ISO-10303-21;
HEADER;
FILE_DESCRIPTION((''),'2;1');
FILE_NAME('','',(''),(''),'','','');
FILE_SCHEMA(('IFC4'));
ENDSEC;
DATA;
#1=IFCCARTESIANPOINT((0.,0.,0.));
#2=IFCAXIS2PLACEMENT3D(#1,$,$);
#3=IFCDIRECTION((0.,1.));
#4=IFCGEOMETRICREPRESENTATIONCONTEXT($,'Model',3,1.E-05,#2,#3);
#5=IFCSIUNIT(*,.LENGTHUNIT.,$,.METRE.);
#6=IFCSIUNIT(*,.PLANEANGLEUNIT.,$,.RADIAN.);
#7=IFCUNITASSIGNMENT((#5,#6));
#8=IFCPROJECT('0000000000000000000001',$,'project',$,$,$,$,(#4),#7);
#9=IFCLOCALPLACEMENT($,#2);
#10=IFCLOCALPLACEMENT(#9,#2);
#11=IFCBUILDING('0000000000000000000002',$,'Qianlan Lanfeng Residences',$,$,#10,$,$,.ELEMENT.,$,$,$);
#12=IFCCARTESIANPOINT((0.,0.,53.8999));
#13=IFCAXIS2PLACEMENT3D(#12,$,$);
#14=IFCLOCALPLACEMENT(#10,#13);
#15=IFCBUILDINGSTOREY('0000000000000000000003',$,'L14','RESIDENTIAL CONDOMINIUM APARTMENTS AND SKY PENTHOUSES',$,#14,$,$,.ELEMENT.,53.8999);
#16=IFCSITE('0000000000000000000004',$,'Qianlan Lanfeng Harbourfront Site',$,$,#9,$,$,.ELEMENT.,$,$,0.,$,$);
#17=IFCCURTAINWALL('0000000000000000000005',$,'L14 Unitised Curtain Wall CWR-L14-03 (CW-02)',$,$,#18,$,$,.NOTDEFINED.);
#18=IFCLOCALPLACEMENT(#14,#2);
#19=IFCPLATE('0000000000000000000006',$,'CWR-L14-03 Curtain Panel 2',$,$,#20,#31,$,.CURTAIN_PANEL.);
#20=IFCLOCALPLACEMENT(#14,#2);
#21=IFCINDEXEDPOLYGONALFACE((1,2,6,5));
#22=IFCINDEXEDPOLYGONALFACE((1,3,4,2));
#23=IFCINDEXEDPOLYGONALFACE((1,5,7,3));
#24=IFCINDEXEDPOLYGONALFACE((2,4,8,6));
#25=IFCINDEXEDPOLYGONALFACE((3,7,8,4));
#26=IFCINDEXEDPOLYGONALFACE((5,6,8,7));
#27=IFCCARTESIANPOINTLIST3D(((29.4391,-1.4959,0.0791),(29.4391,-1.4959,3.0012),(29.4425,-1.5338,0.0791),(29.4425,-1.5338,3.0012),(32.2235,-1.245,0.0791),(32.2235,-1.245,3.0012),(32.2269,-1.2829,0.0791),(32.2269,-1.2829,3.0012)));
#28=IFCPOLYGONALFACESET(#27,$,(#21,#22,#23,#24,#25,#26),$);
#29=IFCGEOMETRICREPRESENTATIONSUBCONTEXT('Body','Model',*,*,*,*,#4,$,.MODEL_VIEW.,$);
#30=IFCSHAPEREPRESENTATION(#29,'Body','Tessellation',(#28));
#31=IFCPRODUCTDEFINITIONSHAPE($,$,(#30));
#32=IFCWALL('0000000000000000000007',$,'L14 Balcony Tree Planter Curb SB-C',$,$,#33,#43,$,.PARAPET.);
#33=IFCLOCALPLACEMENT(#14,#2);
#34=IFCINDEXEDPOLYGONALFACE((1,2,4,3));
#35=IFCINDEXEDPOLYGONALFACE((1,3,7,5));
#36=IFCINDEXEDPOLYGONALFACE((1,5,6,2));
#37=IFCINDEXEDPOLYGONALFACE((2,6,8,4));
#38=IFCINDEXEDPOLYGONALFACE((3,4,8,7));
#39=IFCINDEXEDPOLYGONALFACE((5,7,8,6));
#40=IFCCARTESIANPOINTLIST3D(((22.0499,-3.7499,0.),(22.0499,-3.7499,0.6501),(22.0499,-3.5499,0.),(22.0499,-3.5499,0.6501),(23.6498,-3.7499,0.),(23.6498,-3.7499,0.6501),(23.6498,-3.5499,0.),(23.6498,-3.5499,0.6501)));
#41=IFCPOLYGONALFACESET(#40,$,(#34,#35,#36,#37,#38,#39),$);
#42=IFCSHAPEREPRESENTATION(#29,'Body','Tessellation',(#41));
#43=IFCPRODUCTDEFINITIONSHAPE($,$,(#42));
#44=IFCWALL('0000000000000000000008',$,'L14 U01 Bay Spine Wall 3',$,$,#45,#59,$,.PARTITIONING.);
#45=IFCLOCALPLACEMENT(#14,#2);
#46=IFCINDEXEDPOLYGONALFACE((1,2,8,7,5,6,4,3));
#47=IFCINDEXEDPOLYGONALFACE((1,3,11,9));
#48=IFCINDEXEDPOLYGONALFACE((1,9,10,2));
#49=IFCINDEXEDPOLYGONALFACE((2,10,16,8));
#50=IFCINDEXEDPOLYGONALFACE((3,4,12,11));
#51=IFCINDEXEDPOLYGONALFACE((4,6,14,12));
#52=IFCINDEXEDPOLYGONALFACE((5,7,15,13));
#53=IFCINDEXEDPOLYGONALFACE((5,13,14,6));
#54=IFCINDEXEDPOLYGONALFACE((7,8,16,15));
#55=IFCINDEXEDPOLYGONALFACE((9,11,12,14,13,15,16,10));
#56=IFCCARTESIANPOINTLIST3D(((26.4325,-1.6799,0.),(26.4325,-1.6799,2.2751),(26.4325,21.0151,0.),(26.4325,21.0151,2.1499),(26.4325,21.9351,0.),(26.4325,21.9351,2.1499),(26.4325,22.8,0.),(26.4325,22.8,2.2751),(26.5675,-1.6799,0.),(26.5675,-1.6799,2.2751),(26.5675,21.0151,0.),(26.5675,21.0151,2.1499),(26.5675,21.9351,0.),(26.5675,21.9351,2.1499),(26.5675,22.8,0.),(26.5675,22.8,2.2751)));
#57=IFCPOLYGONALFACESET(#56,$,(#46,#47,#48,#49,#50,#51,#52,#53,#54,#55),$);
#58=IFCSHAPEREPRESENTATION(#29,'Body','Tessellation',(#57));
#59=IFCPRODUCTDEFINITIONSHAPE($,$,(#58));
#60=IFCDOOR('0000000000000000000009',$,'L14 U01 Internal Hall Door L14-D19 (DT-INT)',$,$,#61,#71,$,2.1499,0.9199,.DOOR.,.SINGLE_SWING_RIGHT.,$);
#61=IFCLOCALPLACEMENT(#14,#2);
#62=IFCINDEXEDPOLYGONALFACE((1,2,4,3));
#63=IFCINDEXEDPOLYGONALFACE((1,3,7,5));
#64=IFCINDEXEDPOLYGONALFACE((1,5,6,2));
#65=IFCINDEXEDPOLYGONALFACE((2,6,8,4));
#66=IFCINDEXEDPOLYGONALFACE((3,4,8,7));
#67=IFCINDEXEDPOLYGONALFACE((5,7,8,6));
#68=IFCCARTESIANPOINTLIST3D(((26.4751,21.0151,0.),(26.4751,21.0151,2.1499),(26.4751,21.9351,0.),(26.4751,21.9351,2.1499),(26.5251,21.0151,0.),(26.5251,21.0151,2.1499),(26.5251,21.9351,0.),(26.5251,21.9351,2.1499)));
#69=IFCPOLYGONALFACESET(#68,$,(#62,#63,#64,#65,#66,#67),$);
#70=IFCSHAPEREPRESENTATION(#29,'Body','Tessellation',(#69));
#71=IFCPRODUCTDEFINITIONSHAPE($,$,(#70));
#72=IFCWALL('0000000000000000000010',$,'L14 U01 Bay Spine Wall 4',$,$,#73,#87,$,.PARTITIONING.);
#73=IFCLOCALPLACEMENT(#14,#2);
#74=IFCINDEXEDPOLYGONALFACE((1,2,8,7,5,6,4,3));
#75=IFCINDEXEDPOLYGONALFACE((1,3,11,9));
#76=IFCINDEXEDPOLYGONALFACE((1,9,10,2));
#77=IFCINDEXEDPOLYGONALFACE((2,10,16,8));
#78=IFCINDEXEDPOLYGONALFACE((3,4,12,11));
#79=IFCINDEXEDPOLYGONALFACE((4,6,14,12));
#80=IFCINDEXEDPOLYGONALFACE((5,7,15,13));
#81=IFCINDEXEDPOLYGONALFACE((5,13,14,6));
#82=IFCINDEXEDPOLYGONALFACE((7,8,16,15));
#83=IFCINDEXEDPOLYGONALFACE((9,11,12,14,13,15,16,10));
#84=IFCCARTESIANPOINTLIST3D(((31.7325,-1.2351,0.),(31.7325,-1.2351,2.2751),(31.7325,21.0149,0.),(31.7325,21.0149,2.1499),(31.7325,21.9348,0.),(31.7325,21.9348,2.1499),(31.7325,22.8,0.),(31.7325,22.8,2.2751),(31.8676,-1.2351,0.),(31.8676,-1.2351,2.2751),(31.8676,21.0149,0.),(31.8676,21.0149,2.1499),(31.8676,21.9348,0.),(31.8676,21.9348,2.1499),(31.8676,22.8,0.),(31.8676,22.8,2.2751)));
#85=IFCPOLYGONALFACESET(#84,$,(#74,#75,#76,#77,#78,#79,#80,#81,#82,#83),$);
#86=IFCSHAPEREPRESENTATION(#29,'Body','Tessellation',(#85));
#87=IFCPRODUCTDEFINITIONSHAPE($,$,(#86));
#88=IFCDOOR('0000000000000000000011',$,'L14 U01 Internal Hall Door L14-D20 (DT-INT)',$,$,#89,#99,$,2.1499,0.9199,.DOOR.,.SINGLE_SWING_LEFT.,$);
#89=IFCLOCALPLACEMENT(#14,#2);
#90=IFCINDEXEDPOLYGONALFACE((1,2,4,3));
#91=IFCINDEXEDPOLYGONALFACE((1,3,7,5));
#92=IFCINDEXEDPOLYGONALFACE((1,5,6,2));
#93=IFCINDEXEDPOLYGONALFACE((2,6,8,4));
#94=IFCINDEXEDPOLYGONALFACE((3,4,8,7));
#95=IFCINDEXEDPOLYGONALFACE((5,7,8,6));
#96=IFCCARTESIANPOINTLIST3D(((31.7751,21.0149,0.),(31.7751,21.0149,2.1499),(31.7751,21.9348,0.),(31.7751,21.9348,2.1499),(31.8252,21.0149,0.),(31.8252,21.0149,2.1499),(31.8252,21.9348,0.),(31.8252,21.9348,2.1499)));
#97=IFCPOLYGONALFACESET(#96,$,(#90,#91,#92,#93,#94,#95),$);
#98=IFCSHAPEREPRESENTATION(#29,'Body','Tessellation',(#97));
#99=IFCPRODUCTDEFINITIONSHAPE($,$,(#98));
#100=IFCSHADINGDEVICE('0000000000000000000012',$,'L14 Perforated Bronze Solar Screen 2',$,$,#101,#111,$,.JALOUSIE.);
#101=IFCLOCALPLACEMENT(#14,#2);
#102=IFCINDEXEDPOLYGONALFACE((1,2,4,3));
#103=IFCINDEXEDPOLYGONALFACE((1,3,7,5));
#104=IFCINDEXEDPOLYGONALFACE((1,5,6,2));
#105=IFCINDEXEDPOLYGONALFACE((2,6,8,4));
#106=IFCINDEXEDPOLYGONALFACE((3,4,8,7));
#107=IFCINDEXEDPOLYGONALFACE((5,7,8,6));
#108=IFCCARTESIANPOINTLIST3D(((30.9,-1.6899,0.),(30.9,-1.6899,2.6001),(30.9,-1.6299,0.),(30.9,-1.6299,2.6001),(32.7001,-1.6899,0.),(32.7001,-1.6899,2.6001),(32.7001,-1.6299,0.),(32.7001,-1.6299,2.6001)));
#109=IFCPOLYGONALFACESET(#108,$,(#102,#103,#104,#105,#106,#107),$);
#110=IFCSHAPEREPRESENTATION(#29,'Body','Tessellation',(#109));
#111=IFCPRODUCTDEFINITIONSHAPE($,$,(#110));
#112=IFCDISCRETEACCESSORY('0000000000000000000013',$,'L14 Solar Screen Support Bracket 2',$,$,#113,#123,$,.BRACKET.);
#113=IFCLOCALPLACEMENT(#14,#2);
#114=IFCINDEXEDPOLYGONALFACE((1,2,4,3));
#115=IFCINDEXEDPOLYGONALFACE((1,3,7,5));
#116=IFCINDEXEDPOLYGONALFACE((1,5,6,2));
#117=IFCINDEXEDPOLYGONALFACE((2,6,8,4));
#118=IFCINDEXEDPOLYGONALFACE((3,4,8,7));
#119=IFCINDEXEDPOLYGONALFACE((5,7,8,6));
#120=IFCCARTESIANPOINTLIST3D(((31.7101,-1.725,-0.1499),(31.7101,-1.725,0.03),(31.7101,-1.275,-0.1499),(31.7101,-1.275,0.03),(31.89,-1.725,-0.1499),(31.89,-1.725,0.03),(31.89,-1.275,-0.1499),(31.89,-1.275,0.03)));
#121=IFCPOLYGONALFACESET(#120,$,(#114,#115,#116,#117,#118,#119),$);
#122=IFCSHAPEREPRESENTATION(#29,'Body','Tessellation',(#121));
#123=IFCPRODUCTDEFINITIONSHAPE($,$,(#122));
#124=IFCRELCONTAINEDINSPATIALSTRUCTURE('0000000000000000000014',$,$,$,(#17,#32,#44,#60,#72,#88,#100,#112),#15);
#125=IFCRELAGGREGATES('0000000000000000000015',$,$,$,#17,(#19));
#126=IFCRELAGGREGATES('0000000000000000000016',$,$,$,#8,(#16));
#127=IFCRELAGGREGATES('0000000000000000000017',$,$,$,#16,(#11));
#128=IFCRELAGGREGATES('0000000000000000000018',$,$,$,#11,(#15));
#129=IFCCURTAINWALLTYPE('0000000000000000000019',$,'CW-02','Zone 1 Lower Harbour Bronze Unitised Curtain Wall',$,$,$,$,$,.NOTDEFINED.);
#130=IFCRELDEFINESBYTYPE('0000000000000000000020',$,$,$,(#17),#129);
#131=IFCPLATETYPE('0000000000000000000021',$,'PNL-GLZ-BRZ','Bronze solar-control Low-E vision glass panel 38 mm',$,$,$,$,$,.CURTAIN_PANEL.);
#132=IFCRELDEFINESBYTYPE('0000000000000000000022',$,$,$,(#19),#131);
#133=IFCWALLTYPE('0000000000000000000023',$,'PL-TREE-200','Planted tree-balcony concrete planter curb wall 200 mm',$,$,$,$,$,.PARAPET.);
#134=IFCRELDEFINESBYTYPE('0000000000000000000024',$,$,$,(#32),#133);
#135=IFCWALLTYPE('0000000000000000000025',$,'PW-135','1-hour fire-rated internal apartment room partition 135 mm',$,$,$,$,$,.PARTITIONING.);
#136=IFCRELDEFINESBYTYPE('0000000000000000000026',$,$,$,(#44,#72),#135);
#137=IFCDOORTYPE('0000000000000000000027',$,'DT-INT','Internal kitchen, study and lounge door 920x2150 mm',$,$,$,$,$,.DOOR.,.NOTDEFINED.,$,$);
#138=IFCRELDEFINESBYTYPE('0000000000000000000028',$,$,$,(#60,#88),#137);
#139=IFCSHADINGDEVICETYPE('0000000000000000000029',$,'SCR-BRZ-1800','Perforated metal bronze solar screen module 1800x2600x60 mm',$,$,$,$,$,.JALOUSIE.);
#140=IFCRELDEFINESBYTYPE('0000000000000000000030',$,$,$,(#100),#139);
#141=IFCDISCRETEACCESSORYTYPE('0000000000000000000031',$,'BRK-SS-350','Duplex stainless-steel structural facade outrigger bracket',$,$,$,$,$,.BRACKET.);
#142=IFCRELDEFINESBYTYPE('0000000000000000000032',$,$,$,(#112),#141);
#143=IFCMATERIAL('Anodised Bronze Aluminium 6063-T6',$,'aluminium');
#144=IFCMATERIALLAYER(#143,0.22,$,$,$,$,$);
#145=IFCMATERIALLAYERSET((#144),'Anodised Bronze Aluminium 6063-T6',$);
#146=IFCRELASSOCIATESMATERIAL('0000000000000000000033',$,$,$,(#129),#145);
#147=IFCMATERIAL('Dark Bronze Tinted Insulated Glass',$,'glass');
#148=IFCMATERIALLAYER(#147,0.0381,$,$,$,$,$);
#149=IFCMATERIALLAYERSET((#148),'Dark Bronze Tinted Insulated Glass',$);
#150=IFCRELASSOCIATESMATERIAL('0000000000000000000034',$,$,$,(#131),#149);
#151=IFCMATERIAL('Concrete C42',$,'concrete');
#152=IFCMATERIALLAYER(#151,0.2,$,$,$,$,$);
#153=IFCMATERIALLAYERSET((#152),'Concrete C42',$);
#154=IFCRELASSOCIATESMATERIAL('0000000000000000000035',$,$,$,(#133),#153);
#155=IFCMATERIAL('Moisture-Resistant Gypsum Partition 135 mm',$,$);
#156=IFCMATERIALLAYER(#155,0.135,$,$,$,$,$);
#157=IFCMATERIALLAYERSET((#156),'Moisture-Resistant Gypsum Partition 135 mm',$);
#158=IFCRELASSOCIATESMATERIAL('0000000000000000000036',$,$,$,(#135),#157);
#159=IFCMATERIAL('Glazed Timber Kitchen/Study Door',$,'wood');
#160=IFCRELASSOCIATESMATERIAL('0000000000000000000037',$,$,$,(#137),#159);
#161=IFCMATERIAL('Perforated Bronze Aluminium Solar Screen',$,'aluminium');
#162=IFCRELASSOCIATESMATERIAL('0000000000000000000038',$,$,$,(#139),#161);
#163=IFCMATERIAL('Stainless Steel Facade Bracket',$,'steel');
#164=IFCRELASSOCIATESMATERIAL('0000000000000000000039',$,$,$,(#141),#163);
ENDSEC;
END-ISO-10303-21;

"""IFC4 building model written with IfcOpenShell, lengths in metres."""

from ifc_helpers import new_model, si_unit, direction, frame, frame_2d, origin, origin_2d, place, context, subcontext, project, spatial, rectangle, extrude, source, transform, mapped, material, layer, layer_set, type_object, element, fill, aggregate, save


model = new_model("IFC4")

# Units and contexts
model_context = context("Model", 3, precision=1e-05, world=origin(), true_north=direction((0.0, 1.0)))
body_context = subcontext(model_context, "Body", "Model", "MODEL_VIEW")
ifc_project = project(units=[si_unit("LENGTHUNIT", "METRE"), si_unit("PLANEANGLEUNIT", "RADIAN")], contexts=[model_context])

# Site, building, storey
site_placement = place(None, origin())
site = spatial("IfcSite", under=ifc_project, at=site_placement, Name="Qianlan Lanfeng Harbourfront Site", CompositionType="ELEMENT", RefElevation=0.0)
building_placement = place(site_placement, origin())
building = spatial("IfcBuilding", under=site, at=building_placement, Name="Qianlan Lanfeng Residences", CompositionType="ELEMENT")
storey_placement = place(building_placement, frame((0.0, 0.0, 53.8999)))
storey = spatial("IfcBuildingStorey", under=building, at=storey_placement, Name="L14", Description="RESIDENTIAL CONDOMINIUM APARTMENTS AND SKY PENTHOUSES", CompositionType="ELEMENT", Elevation=53.8999)

# Curtain wall
ifc_material_1 = material(Name="Anodised Bronze Aluminium 6063-T6", Category="aluminium")
ifc_layer_1 = layer(ifc_material_1, 0.22)
ifc_layer_set_1 = layer_set([ifc_layer_1], Name="Anodised Bronze Aluminium 6063-T6")
curtain_wall_type = type_object("IfcCurtainWallType", Name="CW-02", Description="Zone 1 Lower Harbour Bronze Unitised Curtain Wall", PredefinedType="NOTDEFINED", material=ifc_layer_set_1)
curtain_wall_1_placement = place(storey_placement, origin())
curtain_wall_1 = element("IfcCurtainWall", 1, at=curtain_wall_1_placement, inside=storey, type_object=curtain_wall_type, Name="L14 Unitised Curtain Wall CWR-L14-03 (CW-02)", PredefinedType="NOTDEFINED")

# Plate
ifc_material_2 = material(Name="Dark Bronze Tinted Insulated Glass", Category="glass")
ifc_layer_2 = layer(ifc_material_2, 0.0381)
ifc_layer_set_2 = layer_set([ifc_layer_2], Name="Dark Bronze Tinted Insulated Glass")
plate_type = type_object("IfcPlateType", Name="PNL-GLZ-BRZ", Description="Bronze solar-control Low-E vision glass panel 38 mm", PredefinedType="CURTAIN_PANEL", material=ifc_layer_set_2)
shared_shape_1 = source(origin(), body_context, "Body", "SweptSolid", [
    extrude(rectangle(XDim=2.7957, YDim=0.0381, at=origin_2d()), origin(), (0.0, 0.0, 1.0), 2.9221),
])
plate_1_placement = place(storey_placement, frame((30.833, -1.3894, 0.0791), z_axis=(0.0, 0.0, 1.0), x_axis=(0.995965, 0.089746, 0.0)))
plate_1 = element("IfcPlate", 2, at=plate_1_placement, type_object=plate_type, Name="CWR-L14-03 Curtain Panel 2", PredefinedType="CURTAIN_PANEL", context=body_context, shape_type="MappedRepresentation", body=[
    mapped(shared_shape_1, transform((0.0, 0.0, 0.0), scale=1.0)),
])
aggregate(curtain_wall_1, [plate_1])

# Wall
ifc_material_3 = material(Name="Concrete C42", Category="concrete")
ifc_layer_3 = layer(ifc_material_3, 0.2)
ifc_layer_set_3 = layer_set([ifc_layer_3], Name="Concrete C42")
wall_type_1 = type_object("IfcWallType", Name="PL-TREE-200", Description="Planted tree-balcony concrete planter curb wall 200 mm", PredefinedType="PARAPET", material=ifc_layer_set_3)
wall_1_placement = place(storey_placement, frame((22.05, -3.6499, 0.0), z_axis=(0.0, 0.0, 1.0), x_axis=(1.0, 0.0, 0.0)))
element("IfcWall", 3, at=wall_1_placement, inside=storey, type_object=wall_type_1, Name="L14 Balcony Tree Planter Curb SB-C", PredefinedType="PARAPET", context=body_context, shape_type="SweptSolid", body=[
    extrude(rectangle(XDim=1.5999, YDim=0.2, at=frame_2d((0.7998, 0.0))), origin(), (0.0, 0.0, 1.0), 0.6501),
])

# Walls, openings, doors
ifc_material_4 = material(Name="Moisture-Resistant Gypsum Partition 135 mm")
ifc_layer_4 = layer(ifc_material_4, 0.135)
ifc_layer_set_4 = layer_set([ifc_layer_4], Name="Moisture-Resistant Gypsum Partition 135 mm")
wall_type_2 = type_object("IfcWallType", Name="PW-135", Description="1-hour fire-rated internal apartment room partition 135 mm", PredefinedType="PARTITIONING", material=ifc_layer_set_4)
wall_2_placement = place(storey_placement, frame((26.5, -1.6799, 0.0), z_axis=(0.0, 0.0, 1.0), x_axis=(0.0, 1.0, 0.0)))
wall_2 = element("IfcWall", 4, at=wall_2_placement, inside=storey, type_object=wall_type_2, Name="L14 U01 Bay Spine Wall 3", PredefinedType="PARTITIONING", context=body_context, shape_type="SweptSolid", body=[
    extrude(rectangle(XDim=24.48, YDim=0.135, at=frame_2d((12.24, 0.0))), origin(), (0.0, 0.0, 1.0), 2.2751),
])
opening_1_placement = place(wall_2_placement, frame((22.6951, 0.0, 0.0)))
opening_1 = element("IfcOpeningElement", 5, at=opening_1_placement, cuts=wall_2, PredefinedType="OPENING", context=body_context, shape_type="SweptSolid", body=[
    extrude(rectangle(XDim=0.9199, YDim=2.1499, at=frame_2d((0.46, 1.075))), frame((0.0, 0.0776, 0.0), z_axis=(0.0, -1.0, 0.0), x_axis=(1.0, 0.0, 0.0)), (0.0, 0.0, 1.0), 0.155),
])
ifc_material_5 = material(Name="Glazed Timber Kitchen/Study Door", Category="wood")
door_type = type_object("IfcDoorType", Name="DT-INT", Description="Internal kitchen, study and lounge door 920x2150 mm", OperationType="NOTDEFINED", PredefinedType="DOOR", material=ifc_material_5)
door_1_placement = place(opening_1_placement, origin())
door_1 = element("IfcDoor", 6, at=door_1_placement, inside=storey, type_object=door_type, Name="L14 U01 Internal Hall Door L14-D19 (DT-INT)", OperationType="SINGLE_SWING_RIGHT", OverallHeight=2.1499, OverallWidth=0.9199, PredefinedType="DOOR", context=body_context, shape_type="SweptSolid", body=[
    extrude(rectangle(XDim=0.9199, YDim=2.1499, at=frame_2d((0.46, 1.075))), frame((0.0, 0.0249, 0.0), z_axis=(0.0, -1.0, 0.0), x_axis=(1.0, 0.0, 0.0)), (0.0, 0.0, 1.0), 0.05),
])
fill(opening_1, door_1)
wall_3_placement = place(storey_placement, frame((31.8, -1.2351, 0.0), z_axis=(0.0, 0.0, 1.0), x_axis=(0.0, 1.0, 0.0)))
wall_3 = element("IfcWall", 7, at=wall_3_placement, inside=storey, type_object=wall_type_2, Name="L14 U01 Bay Spine Wall 4", PredefinedType="PARTITIONING", context=body_context, shape_type="SweptSolid", body=[
    extrude(rectangle(XDim=24.0352, YDim=0.135, at=frame_2d((12.0176, 0.0))), origin(), (0.0, 0.0, 1.0), 2.2751),
])
opening_2_placement = place(wall_3_placement, frame((22.25, 0.0, 0.0)))
opening_2 = element("IfcOpeningElement", 8, at=opening_2_placement, cuts=wall_3, PredefinedType="OPENING", context=body_context, shape_type="SweptSolid", body=[
    extrude(rectangle(XDim=0.9199, YDim=2.1499, at=frame_2d((0.46, 1.075))), frame((0.0, 0.0776, 0.0), z_axis=(0.0, -1.0, 0.0), x_axis=(1.0, 0.0, 0.0)), (0.0, 0.0, 1.0), 0.155),
])
door_2_placement = place(opening_2_placement, origin())
door_2 = element("IfcDoor", 9, at=door_2_placement, inside=storey, type_object=door_type, Name="L14 U01 Internal Hall Door L14-D20 (DT-INT)", OperationType="SINGLE_SWING_LEFT", OverallHeight=2.1499, OverallWidth=0.9199, PredefinedType="DOOR", context=body_context, shape_type="SweptSolid", body=[
    extrude(rectangle(XDim=0.9199, YDim=2.1499, at=frame_2d((0.46, 1.075))), frame((0.0, 0.0249, 0.0), z_axis=(0.0, -1.0, 0.0), x_axis=(1.0, 0.0, 0.0)), (0.0, 0.0, 1.0), 0.05),
])
fill(opening_2, door_2)

# Shading device
ifc_material_6 = material(Name="Perforated Bronze Aluminium Solar Screen", Category="aluminium")
shading_device_type = type_object("IfcShadingDeviceType", Name="SCR-BRZ-1800", Description="Perforated metal bronze solar screen module 1800x2600x60 mm", PredefinedType="JALOUSIE", material=ifc_material_6)
shared_shape_2 = source(origin(), body_context, "Body", "SweptSolid", [
    extrude(rectangle(XDim=1.8, YDim=0.0601, at=origin_2d()), origin(), (0.0, 0.0, 1.0), 2.6001),
])
shading_device_placement = place(storey_placement, frame((31.8, -1.6599, 0.0), z_axis=(0.0, 0.0, 1.0), x_axis=(1.0, 0.0, 0.0)))
element("IfcShadingDevice", 10, at=shading_device_placement, inside=storey, type_object=shading_device_type, Name="L14 Perforated Bronze Solar Screen 2", PredefinedType="JALOUSIE", context=body_context, shape_type="MappedRepresentation", body=[
    mapped(shared_shape_2, transform((0.0, 0.0, 0.0), scale=1.0)),
])

# Discrete accessory
ifc_material_7 = material(Name="Stainless Steel Facade Bracket", Category="steel")
discrete_accessory_type = type_object("IfcDiscreteAccessoryType", Name="BRK-SS-350", Description="Duplex stainless-steel structural facade outrigger bracket", PredefinedType="BRACKET", material=ifc_material_7)
shared_shape_3 = source(origin(), body_context, "Body", "SweptSolid", [
    extrude(rectangle(XDim=0.1799, YDim=0.45, at=origin_2d()), origin(), (0.0, 0.0, 1.0), 0.1799),
])
discrete_accessory_placement = place(storey_placement, frame((31.8, -1.5, -0.1499), z_axis=(0.0, 0.0, 1.0), x_axis=(1.0, 0.0, 0.0)))
element("IfcDiscreteAccessory", 11, at=discrete_accessory_placement, inside=storey, type_object=discrete_accessory_type, Name="L14 Solar Screen Support Bracket 2", PredefinedType="BRACKET", context=body_context, shape_type="MappedRepresentation", body=[
    mapped(shared_shape_3, transform((0.0, 0.0, 0.0), scale=1.0)),
])

save(model, "model.ifc")
